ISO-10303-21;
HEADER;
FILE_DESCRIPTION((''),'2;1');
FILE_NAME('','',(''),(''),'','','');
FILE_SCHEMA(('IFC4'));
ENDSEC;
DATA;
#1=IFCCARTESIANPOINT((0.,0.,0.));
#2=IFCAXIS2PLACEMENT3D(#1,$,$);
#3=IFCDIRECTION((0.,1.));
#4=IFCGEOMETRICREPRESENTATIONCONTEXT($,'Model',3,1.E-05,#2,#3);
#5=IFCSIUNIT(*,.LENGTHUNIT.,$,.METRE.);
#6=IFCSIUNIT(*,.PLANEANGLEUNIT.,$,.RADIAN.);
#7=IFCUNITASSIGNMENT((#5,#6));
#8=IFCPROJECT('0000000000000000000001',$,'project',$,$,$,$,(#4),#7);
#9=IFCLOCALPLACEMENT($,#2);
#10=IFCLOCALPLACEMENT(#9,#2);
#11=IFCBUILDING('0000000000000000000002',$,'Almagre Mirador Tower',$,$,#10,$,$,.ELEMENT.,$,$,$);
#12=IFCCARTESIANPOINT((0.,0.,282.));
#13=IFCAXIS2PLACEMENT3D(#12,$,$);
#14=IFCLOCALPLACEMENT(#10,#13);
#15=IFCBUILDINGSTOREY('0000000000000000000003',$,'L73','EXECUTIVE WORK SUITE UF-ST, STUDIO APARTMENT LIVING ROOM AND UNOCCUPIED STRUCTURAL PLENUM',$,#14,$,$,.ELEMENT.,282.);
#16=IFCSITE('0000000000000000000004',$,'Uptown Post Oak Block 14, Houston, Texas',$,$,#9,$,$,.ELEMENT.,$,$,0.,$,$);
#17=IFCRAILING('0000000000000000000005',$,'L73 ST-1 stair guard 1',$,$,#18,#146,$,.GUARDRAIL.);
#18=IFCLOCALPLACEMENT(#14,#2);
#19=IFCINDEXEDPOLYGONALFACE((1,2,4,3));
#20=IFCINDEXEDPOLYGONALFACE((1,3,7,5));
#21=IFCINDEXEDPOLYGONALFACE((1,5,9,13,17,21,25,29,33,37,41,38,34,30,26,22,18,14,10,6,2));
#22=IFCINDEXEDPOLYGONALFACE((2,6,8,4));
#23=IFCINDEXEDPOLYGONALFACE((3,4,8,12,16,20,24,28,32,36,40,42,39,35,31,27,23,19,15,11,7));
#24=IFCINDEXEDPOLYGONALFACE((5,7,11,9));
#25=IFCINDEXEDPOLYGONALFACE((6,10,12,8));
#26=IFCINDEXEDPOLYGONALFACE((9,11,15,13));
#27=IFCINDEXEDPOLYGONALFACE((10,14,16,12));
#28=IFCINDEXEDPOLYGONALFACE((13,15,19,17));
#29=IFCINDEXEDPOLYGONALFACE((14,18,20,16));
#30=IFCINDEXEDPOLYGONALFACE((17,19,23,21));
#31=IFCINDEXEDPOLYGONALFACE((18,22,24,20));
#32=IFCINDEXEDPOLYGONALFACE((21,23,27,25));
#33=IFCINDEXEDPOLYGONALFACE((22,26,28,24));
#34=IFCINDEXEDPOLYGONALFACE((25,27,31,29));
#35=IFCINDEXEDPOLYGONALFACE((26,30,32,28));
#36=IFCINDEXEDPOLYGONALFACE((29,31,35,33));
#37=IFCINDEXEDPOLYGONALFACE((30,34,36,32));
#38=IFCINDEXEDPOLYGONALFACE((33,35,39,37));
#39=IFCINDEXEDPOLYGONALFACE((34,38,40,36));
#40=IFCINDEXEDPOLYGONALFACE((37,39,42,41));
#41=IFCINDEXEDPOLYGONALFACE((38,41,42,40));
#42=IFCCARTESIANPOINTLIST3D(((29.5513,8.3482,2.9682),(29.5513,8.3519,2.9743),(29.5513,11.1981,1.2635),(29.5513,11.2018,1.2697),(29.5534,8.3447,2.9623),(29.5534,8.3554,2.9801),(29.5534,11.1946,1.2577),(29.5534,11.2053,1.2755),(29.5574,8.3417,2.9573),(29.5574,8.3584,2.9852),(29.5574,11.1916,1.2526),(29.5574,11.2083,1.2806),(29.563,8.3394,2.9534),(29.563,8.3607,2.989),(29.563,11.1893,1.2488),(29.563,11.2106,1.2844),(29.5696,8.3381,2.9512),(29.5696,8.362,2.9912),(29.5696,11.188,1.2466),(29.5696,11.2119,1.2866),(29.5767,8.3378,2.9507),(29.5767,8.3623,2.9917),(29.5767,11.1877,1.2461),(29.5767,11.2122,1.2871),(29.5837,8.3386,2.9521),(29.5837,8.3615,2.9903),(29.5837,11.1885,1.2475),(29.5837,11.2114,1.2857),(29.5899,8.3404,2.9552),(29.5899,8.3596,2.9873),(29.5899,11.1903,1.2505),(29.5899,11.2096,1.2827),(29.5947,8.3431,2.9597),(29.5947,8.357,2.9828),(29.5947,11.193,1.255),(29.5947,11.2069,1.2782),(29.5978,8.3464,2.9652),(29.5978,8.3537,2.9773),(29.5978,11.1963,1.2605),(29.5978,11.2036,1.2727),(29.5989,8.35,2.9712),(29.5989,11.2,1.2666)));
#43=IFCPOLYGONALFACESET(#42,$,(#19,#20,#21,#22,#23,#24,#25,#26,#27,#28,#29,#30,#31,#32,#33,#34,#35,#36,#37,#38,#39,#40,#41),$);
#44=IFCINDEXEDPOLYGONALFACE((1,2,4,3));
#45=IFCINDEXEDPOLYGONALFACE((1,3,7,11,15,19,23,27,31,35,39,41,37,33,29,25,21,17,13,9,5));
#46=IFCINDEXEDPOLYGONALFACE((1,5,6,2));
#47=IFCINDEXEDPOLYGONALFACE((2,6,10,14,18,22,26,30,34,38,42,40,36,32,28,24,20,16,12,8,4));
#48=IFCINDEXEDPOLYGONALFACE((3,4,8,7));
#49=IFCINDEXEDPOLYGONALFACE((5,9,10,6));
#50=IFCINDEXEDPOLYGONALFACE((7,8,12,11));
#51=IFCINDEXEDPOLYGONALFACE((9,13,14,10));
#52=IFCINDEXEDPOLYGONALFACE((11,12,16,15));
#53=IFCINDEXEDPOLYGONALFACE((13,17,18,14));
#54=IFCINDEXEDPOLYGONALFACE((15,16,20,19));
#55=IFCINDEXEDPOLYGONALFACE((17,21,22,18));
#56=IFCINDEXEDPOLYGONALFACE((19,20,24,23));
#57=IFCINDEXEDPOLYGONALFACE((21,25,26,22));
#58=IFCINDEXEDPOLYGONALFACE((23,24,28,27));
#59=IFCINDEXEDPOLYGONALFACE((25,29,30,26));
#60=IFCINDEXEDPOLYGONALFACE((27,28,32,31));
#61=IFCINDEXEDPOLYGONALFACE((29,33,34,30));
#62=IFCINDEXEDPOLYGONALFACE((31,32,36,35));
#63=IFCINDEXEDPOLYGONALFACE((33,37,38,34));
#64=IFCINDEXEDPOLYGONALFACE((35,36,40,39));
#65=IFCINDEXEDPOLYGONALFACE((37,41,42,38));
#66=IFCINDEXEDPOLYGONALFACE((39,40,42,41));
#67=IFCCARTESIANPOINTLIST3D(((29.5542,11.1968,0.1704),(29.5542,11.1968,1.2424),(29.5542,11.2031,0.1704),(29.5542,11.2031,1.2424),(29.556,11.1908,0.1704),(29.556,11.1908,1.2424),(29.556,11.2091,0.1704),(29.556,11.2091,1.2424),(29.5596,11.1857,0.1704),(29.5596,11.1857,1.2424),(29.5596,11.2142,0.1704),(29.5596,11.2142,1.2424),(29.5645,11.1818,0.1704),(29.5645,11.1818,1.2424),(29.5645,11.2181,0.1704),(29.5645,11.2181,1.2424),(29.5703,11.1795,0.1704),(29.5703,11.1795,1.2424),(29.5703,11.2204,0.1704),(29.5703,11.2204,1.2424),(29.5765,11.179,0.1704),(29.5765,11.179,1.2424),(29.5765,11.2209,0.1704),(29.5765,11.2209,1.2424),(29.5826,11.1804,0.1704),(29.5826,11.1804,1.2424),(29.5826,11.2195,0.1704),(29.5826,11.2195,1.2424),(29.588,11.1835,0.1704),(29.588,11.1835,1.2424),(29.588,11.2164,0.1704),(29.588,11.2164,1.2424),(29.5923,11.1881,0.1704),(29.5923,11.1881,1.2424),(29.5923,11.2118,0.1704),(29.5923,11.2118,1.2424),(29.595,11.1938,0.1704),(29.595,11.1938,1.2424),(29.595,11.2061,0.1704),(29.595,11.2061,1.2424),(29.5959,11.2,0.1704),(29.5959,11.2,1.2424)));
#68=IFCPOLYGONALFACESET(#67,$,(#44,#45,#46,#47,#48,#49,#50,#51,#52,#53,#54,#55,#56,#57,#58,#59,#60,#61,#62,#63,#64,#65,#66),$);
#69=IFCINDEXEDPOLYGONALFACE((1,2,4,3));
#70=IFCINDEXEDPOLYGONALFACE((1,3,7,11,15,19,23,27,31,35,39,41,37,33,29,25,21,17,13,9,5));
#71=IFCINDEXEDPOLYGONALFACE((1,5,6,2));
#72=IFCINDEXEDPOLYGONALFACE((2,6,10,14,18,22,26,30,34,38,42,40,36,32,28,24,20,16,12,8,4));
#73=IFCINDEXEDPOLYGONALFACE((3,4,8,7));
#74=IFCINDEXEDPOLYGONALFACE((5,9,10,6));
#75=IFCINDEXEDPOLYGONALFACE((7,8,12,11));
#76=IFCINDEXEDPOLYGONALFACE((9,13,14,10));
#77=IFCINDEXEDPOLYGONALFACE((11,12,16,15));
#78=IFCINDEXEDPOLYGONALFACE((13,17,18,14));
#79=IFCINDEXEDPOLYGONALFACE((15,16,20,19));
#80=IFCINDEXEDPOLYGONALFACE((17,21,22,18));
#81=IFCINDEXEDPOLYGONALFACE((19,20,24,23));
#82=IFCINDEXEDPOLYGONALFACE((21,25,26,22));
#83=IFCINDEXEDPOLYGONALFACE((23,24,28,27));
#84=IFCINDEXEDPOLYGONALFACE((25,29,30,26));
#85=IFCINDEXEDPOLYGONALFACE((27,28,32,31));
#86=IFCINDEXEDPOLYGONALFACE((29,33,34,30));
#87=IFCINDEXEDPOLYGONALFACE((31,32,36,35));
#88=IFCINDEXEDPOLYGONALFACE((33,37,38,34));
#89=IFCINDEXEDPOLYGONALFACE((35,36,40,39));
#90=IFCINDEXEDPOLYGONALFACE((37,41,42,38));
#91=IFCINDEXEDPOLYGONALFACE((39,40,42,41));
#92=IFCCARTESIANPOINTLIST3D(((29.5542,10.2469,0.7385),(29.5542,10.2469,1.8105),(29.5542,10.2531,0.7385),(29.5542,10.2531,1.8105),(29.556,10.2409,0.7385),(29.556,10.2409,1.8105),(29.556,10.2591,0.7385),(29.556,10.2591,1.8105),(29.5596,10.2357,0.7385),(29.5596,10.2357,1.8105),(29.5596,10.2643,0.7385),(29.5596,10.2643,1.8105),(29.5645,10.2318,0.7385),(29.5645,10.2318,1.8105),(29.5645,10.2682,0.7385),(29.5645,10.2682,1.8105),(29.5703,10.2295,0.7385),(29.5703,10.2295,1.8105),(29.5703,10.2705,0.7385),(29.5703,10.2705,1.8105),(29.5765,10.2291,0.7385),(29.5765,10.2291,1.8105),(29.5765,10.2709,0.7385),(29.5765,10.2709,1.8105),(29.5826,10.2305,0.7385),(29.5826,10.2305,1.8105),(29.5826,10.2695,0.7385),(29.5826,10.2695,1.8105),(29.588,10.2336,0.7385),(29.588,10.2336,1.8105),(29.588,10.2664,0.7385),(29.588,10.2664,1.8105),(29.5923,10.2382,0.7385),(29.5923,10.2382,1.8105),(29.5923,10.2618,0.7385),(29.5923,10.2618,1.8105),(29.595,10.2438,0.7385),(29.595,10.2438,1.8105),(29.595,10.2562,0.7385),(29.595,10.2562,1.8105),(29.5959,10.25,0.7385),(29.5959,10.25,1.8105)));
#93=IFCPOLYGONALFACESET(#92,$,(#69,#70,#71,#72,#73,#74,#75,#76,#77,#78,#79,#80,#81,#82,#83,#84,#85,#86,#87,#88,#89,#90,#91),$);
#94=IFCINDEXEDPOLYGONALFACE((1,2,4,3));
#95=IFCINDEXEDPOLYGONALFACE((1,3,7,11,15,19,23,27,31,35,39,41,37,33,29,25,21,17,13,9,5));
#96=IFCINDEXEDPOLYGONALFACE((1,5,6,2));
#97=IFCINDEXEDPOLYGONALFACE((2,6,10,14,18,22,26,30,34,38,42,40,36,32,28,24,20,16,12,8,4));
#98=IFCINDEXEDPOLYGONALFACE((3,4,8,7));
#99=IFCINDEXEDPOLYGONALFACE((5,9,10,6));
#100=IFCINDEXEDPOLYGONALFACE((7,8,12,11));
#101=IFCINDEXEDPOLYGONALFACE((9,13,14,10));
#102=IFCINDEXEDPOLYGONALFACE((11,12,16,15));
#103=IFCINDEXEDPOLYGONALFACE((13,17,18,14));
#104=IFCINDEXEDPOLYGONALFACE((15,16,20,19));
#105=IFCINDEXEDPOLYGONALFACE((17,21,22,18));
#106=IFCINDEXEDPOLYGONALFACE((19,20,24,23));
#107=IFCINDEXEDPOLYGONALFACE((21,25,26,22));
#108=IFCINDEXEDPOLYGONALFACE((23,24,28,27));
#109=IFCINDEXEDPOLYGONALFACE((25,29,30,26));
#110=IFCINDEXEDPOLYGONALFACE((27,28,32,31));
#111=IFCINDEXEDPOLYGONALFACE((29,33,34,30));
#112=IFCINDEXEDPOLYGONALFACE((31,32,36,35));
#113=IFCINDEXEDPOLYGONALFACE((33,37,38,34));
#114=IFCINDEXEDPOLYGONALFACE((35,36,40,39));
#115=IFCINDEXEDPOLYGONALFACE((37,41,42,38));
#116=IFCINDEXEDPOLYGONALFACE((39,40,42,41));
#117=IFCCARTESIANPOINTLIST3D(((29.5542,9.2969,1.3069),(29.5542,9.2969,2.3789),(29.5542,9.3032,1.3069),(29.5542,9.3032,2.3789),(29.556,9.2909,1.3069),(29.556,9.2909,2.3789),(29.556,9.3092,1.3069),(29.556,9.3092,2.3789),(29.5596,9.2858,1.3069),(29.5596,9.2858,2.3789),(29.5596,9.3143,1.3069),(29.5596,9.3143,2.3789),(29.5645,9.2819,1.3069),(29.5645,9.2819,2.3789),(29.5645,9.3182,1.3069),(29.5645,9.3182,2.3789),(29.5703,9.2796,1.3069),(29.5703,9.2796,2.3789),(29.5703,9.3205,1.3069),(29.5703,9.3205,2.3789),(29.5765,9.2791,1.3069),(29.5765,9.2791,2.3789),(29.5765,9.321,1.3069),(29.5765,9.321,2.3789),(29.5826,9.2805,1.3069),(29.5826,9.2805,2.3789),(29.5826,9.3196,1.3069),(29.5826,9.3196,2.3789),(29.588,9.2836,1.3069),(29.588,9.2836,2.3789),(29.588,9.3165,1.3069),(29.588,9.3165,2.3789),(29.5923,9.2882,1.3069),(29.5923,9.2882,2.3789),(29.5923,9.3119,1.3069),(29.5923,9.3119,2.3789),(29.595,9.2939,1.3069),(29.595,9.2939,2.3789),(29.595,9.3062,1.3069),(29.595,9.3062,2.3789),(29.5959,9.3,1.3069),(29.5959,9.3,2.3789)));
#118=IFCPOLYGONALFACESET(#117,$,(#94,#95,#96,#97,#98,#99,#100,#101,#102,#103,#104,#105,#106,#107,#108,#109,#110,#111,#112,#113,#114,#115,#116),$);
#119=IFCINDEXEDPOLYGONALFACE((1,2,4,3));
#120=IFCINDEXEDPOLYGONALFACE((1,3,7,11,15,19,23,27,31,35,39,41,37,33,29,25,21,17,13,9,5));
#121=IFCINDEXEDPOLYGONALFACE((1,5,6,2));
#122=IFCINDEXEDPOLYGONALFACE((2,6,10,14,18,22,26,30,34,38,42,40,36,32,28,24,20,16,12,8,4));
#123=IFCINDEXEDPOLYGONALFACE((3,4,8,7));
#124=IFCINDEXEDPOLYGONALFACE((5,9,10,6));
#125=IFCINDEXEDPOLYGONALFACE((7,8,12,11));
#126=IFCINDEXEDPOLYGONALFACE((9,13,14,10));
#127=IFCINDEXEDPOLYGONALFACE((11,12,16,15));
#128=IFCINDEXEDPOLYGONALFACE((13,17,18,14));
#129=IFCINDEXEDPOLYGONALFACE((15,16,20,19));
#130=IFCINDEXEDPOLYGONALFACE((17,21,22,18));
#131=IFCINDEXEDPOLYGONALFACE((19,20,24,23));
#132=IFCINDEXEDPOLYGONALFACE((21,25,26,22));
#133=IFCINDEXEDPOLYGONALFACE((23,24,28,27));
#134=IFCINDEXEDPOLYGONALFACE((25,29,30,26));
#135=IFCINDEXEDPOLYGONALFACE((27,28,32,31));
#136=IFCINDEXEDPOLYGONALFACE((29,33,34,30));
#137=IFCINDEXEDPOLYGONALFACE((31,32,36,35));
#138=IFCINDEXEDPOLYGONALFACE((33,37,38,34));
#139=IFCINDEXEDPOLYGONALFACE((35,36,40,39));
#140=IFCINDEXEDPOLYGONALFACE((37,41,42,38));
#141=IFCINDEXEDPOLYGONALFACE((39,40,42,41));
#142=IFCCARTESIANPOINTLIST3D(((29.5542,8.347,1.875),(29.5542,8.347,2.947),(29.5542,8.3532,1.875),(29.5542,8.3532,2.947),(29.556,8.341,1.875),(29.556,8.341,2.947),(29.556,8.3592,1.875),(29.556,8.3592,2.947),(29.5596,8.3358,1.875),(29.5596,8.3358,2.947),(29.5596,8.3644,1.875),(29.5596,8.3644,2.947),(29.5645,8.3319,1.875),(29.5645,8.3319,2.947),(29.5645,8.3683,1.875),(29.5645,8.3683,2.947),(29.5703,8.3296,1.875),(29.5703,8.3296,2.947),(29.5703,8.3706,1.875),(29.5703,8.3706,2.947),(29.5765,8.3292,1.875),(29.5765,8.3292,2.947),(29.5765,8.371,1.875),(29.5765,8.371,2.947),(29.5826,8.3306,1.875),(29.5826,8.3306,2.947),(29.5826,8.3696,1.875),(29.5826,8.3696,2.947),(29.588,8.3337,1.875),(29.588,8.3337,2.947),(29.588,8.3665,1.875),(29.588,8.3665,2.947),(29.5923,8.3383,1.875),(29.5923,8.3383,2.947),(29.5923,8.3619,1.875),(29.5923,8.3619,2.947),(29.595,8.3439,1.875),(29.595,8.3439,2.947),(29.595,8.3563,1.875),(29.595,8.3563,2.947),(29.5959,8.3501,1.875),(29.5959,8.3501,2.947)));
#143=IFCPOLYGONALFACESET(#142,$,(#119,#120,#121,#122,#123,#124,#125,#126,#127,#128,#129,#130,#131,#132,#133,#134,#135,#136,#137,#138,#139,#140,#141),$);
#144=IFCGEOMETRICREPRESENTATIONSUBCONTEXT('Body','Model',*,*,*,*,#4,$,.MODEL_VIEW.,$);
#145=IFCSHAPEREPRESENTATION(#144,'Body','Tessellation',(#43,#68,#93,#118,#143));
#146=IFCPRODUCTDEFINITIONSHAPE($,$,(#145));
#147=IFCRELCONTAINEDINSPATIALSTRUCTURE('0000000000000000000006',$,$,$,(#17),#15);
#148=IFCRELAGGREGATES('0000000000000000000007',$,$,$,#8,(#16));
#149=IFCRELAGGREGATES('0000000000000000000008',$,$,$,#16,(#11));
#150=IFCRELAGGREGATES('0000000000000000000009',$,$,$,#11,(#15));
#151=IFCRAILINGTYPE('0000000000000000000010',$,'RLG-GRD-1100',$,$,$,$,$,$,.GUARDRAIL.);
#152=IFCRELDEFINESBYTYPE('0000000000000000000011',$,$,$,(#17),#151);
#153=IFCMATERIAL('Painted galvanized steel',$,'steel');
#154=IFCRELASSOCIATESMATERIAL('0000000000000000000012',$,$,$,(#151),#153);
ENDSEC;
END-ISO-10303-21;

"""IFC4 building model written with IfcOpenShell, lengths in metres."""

from ifc_helpers import new_model, si_unit, direction, frame, origin, origin_2d, place, context, subcontext, project, spatial, circle, extrude, material, type_object, element, save


model = new_model("IFC4")

# Units and contexts
model_context = context("Model", 3, precision=1e-05, world=origin(), true_north=direction((0.0, 1.0)))
body_context = subcontext(model_context, "Body", "Model", "MODEL_VIEW")
ifc_project = project(units=[si_unit("LENGTHUNIT", "METRE"), si_unit("PLANEANGLEUNIT", "RADIAN")], contexts=[model_context])

# Site, building, storey
site_placement = place(None, origin())
site = spatial("IfcSite", under=ifc_project, at=site_placement, Name="Uptown Post Oak Block 14, Houston, Texas", CompositionType="ELEMENT", RefElevation=0.0)
building_placement = place(site_placement, origin())
building = spatial("IfcBuilding", under=site, at=building_placement, Name="Almagre Mirador Tower", CompositionType="ELEMENT")
storey_placement = place(building_placement, frame((0.0, 0.0, 282.0)))
storey = spatial("IfcBuildingStorey", under=building, at=storey_placement, Name="L73", Description="EXECUTIVE WORK SUITE UF-ST, STUDIO APARTMENT LIVING ROOM AND UNOCCUPIED STRUCTURAL PLENUM", CompositionType="ELEMENT", Elevation=282.0)

# Railing
ifc_material_1 = material(Name="Painted galvanized steel", Category="steel")
railing_type_1 = type_object("IfcRailingType", Name="RLG-GRD-1100", PredefinedType="GUARDRAIL", material=ifc_material_1)
railing_1_placement = place(storey_placement, frame((29.575, 11.2, 0.1704)))
element("IfcRailing", 1, at=railing_1_placement, inside=storey, type_object=railing_type_1, Name="L73 ST-1 stair guard 1", PredefinedType="GUARDRAIL", context=body_context, shape_type="SweptSolid", body=[
    extrude(circle(Radius=0.0239, at=origin_2d()), frame((0.0, 0.0, 1.0962), z_axis=(0.0, -0.858199, 0.513317), x_axis=(1.0, 0.0, 0.0)), (0.0, 0.0, 1.0), 3.3208),
    extrude(circle(Radius=0.021, at=origin_2d()), origin(), (0.0, 0.0, 1.0), 1.072),
    extrude(circle(Radius=0.021, at=origin_2d()), frame((0.0, -0.95, 0.5681)), (0.0, 0.0, 1.0), 1.072),
    extrude(circle(Radius=0.021, at=origin_2d()), frame((0.0, -1.8999, 1.1365)), (0.0, 0.0, 1.0), 1.072),
    extrude(circle(Radius=0.021, at=origin_2d()), frame((0.0, -2.8499, 1.7046)), (0.0, 0.0, 1.0), 1.072),
])

save(model, "model.ifc")
